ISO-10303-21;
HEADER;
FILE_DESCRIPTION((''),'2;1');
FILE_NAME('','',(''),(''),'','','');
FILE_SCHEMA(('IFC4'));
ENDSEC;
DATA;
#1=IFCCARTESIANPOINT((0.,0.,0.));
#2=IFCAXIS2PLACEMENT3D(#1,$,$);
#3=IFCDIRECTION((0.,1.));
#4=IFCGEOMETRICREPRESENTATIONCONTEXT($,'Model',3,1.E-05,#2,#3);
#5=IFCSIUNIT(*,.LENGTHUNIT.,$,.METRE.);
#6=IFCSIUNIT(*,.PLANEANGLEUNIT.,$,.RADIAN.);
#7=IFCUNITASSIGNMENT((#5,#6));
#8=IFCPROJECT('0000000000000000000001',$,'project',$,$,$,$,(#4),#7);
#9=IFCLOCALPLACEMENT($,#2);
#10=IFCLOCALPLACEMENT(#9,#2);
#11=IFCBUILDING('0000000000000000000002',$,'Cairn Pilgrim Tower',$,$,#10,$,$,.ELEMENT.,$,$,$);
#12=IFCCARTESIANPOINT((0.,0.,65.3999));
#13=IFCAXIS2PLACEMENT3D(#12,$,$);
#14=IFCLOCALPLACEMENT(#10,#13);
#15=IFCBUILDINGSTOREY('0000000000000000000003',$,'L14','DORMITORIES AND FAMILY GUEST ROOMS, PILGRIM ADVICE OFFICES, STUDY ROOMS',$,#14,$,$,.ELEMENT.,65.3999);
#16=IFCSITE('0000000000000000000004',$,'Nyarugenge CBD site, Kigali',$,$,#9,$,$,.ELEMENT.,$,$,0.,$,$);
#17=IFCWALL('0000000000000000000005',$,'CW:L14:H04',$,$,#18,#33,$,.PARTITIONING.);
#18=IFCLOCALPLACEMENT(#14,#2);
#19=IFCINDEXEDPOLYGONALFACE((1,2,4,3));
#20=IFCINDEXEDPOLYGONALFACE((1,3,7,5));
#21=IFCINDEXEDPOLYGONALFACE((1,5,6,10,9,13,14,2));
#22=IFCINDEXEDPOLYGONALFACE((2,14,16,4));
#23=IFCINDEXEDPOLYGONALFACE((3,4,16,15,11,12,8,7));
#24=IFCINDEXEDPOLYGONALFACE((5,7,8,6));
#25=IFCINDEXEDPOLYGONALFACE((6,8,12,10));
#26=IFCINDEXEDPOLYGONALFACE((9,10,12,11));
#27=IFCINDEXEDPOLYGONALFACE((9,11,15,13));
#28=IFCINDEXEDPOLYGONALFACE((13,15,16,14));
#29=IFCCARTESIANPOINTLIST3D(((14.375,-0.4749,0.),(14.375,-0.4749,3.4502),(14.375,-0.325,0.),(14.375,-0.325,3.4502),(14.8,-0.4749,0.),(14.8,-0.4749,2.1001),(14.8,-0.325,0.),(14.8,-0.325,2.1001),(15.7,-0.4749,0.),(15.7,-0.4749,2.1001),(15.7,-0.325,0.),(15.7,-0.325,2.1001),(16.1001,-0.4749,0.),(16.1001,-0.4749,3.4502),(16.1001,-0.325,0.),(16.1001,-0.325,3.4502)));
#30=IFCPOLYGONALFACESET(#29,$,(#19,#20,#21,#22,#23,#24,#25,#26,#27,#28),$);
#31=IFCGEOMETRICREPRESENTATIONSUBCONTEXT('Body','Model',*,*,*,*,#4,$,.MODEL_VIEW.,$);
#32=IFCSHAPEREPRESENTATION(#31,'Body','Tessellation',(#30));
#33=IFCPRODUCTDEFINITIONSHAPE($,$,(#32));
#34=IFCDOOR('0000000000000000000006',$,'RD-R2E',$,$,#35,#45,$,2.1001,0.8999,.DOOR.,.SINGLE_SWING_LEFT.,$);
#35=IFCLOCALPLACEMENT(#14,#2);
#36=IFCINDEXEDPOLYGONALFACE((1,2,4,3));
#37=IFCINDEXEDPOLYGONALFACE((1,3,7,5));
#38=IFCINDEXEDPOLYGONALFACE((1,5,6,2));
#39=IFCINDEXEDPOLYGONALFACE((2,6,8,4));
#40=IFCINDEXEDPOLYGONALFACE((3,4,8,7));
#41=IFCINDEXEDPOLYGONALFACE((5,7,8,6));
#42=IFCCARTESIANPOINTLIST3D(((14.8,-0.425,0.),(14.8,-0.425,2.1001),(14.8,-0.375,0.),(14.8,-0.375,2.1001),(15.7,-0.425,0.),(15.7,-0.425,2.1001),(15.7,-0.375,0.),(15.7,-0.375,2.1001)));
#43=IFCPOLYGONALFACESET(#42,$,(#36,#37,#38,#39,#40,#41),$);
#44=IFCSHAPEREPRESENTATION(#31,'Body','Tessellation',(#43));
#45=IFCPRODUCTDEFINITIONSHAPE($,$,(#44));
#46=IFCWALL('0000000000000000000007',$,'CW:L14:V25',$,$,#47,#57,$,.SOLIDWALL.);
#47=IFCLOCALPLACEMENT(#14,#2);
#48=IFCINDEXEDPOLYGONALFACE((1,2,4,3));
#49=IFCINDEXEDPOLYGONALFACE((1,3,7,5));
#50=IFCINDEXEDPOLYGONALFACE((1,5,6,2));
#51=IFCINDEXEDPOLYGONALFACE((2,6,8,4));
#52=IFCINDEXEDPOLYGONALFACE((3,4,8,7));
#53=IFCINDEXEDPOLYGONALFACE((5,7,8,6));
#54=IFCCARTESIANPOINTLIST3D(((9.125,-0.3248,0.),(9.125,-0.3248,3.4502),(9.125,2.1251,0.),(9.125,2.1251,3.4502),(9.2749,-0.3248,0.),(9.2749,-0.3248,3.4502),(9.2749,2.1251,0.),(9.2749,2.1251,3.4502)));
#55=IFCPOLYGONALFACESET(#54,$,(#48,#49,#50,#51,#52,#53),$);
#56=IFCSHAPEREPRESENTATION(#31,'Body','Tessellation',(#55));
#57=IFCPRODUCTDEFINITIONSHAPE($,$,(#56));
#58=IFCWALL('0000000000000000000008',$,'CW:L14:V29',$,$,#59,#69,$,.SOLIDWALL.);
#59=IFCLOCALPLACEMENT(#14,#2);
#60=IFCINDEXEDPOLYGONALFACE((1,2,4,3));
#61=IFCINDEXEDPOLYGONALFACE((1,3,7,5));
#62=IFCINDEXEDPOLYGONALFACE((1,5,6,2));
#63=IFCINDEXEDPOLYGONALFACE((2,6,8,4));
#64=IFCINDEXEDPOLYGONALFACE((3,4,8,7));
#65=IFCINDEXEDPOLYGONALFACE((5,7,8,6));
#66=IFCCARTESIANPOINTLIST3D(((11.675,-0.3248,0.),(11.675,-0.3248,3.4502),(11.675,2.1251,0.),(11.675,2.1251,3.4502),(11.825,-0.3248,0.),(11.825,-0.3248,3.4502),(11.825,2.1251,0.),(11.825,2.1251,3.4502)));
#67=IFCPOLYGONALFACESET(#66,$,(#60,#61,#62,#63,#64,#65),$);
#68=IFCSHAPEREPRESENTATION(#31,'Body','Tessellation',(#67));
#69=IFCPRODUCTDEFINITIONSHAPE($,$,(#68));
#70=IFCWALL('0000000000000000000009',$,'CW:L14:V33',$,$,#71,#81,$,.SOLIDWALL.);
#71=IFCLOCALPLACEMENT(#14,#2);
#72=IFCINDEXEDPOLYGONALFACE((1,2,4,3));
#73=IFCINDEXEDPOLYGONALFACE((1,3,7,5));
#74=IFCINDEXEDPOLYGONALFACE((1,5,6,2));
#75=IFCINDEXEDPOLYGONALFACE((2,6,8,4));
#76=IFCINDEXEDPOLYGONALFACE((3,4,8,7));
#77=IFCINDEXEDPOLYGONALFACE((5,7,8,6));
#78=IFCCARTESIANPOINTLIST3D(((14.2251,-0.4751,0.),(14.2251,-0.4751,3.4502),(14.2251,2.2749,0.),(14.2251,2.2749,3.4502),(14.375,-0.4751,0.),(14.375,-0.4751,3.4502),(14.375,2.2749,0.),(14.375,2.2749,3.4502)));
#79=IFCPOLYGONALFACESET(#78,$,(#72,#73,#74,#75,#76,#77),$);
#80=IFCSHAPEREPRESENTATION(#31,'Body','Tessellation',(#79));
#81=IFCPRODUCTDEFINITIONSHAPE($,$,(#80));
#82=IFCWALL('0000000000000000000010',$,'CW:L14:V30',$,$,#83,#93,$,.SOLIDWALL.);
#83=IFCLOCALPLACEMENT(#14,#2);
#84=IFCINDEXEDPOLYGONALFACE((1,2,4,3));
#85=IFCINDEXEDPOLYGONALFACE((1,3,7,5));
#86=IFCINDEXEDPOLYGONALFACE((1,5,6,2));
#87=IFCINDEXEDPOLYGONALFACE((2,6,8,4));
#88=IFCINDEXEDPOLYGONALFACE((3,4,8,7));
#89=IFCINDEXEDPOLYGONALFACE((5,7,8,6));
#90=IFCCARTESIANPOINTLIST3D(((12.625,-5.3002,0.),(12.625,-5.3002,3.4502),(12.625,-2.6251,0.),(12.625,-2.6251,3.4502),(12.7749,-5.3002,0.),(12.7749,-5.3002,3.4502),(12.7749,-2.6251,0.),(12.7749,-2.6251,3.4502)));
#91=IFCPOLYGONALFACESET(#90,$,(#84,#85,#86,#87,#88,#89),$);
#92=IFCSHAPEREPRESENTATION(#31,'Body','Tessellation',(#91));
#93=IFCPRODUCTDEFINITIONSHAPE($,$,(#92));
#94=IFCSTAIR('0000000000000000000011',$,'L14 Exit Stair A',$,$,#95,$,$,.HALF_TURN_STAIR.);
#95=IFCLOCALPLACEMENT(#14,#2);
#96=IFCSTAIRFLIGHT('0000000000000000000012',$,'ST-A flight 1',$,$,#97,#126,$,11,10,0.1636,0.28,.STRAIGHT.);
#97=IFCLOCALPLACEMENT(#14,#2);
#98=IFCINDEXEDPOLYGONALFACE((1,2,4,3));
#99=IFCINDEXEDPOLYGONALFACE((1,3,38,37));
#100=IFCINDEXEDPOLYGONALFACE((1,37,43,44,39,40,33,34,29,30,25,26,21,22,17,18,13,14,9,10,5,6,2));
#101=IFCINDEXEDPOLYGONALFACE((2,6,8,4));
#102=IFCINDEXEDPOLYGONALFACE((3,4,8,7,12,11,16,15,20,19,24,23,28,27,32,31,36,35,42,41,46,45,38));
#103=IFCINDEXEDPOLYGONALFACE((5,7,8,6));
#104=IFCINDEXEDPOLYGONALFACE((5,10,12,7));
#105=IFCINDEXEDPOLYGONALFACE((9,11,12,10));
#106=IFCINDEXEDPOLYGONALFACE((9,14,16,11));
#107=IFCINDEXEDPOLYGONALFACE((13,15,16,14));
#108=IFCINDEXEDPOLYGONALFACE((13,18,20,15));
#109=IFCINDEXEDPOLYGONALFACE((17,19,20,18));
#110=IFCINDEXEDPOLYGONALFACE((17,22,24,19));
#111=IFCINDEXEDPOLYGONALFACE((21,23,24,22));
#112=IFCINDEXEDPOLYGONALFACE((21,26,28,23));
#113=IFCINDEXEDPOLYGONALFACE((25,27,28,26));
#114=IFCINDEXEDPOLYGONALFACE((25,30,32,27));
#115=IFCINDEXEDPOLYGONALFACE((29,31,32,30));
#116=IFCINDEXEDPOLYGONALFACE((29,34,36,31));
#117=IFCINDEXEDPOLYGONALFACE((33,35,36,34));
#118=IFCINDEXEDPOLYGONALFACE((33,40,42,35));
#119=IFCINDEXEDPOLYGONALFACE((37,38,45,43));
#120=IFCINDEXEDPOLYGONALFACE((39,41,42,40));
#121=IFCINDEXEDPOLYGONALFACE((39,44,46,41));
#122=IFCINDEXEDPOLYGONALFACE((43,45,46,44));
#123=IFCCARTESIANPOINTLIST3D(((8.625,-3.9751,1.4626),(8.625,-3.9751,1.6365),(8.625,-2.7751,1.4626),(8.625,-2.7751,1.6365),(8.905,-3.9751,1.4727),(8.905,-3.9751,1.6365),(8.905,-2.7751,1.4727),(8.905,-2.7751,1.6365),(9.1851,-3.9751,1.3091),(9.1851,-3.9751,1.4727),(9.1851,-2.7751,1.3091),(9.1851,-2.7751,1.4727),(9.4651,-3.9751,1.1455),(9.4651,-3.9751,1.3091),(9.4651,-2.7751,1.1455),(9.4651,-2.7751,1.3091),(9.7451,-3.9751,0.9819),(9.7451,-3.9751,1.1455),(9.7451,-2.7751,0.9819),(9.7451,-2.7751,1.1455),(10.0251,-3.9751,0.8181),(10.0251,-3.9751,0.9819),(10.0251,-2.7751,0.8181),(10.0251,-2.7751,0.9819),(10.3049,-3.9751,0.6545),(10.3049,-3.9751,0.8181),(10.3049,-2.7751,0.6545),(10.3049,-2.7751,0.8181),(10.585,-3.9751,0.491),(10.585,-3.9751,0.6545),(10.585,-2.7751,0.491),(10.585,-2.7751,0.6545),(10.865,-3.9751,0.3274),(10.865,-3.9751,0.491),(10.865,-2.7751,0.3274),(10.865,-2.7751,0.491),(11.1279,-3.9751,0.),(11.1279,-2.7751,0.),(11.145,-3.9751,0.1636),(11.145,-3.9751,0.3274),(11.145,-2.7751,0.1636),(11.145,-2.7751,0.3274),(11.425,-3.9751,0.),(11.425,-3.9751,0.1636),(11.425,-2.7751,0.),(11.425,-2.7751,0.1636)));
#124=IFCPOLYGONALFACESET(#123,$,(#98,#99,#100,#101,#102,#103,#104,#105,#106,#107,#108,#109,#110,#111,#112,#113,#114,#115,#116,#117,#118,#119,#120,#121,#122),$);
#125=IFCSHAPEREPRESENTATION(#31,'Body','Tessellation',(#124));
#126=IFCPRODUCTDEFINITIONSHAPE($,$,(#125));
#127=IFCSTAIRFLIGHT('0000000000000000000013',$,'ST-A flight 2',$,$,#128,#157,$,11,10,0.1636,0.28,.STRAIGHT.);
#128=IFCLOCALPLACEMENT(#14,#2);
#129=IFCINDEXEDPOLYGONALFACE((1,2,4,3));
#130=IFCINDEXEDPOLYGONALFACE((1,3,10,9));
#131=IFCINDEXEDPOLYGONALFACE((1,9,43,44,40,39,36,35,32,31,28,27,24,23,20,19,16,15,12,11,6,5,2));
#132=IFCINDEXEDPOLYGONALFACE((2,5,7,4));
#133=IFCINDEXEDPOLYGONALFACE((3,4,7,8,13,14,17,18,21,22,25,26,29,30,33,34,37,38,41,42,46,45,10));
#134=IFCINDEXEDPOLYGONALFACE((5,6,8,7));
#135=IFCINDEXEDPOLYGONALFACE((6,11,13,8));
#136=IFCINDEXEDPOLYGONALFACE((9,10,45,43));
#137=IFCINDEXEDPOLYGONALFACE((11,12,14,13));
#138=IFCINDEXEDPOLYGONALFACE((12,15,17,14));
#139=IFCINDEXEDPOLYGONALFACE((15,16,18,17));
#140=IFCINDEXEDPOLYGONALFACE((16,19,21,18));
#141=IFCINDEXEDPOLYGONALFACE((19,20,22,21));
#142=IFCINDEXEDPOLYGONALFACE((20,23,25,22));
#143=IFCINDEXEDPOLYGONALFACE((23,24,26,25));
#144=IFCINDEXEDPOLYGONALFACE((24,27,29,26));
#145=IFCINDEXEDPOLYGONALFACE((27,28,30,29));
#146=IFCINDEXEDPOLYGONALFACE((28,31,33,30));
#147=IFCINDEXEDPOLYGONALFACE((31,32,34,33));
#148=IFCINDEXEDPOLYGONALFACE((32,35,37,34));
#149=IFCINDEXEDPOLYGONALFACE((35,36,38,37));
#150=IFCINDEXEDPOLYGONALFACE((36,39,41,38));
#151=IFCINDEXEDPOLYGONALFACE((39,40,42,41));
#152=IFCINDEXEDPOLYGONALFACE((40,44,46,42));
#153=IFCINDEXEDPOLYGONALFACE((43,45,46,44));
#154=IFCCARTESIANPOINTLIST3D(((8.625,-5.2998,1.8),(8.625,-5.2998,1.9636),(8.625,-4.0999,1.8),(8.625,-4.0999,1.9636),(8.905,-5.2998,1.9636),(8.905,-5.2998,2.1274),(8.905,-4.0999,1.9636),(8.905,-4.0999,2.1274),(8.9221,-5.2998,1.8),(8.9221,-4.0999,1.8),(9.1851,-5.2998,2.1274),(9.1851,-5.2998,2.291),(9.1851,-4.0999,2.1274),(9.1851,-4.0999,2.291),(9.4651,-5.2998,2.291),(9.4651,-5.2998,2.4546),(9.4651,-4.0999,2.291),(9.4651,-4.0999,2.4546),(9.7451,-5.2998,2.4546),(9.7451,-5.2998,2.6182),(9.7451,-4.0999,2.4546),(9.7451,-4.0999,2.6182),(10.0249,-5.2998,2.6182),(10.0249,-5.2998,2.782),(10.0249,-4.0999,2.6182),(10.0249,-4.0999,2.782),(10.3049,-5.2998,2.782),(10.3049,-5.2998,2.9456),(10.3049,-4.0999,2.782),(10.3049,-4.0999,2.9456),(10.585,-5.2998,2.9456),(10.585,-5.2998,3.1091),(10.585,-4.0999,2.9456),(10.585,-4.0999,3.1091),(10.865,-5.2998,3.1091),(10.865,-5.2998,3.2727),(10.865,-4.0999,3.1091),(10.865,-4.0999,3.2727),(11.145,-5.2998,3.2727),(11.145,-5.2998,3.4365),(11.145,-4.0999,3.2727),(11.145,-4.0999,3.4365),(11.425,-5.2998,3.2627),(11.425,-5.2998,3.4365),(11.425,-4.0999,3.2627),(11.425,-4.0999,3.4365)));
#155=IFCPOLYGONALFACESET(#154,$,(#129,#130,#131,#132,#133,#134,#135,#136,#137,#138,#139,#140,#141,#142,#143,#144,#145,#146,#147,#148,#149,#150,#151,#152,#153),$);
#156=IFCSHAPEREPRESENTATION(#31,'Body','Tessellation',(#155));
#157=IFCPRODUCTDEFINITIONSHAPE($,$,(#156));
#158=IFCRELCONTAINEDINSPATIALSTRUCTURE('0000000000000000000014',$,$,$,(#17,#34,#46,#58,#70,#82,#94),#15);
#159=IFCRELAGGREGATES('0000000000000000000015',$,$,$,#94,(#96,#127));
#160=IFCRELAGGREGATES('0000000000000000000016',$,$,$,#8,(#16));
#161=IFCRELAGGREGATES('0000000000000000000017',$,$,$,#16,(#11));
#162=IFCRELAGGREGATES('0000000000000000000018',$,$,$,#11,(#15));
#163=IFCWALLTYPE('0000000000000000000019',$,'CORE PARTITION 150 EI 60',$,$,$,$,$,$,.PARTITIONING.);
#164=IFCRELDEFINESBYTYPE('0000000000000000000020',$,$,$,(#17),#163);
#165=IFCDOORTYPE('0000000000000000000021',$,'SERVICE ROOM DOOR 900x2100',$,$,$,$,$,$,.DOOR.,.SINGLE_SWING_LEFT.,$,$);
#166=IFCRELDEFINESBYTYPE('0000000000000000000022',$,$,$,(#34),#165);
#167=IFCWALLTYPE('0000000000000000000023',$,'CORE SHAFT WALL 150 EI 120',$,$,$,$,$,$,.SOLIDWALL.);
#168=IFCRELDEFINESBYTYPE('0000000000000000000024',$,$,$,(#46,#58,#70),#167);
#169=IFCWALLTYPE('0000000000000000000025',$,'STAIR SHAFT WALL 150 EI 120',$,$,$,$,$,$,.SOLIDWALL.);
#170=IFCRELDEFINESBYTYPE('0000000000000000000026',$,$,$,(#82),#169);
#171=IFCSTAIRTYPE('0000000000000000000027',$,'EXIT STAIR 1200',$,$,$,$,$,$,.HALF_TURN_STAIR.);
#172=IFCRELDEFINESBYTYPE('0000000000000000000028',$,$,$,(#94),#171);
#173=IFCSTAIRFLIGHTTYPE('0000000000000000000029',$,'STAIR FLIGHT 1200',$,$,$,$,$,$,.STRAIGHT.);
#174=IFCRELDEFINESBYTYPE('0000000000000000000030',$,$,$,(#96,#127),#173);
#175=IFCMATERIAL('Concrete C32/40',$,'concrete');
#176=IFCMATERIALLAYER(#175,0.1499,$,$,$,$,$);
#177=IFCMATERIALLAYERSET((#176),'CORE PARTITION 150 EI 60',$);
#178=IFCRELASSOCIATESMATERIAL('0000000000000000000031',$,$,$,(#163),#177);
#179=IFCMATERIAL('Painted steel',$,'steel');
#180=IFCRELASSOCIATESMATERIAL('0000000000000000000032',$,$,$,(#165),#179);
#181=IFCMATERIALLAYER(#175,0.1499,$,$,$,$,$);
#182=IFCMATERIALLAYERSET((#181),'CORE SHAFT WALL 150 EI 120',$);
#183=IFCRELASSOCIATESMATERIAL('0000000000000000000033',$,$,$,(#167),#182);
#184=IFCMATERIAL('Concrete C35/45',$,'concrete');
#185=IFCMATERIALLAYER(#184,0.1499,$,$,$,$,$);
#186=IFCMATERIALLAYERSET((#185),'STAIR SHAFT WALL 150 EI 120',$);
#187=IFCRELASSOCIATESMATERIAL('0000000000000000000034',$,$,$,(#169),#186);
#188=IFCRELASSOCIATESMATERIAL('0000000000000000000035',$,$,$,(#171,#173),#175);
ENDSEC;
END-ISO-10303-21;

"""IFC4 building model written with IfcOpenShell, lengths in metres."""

from ifc_helpers import new_model, si_unit, direction, frame, frame_2d, origin, place, context, subcontext, project, spatial, polyline, rectangle, outline, extrude, material, layer, layer_set, type_object, element, fill, aggregate, save


model = new_model("IFC4")

# Units and contexts
model_context = context("Model", 3, precision=1e-05, world=origin(), true_north=direction((0.0, 1.0)))
body_context = subcontext(model_context, "Body", "Model", "MODEL_VIEW")
ifc_project = project(units=[si_unit("LENGTHUNIT", "METRE"), si_unit("PLANEANGLEUNIT", "RADIAN")], contexts=[model_context])

# Site, building, storey
site_placement = place(None, origin())
site = spatial("IfcSite", under=ifc_project, at=site_placement, Name="Nyarugenge CBD site, Kigali", CompositionType="ELEMENT", RefElevation=0.0)
building_placement = place(site_placement, origin())
building = spatial("IfcBuilding", under=site, at=building_placement, Name="Cairn Pilgrim Tower", CompositionType="ELEMENT")
storey_placement = place(building_placement, frame((0.0, 0.0, 65.3999)))
storey = spatial("IfcBuildingStorey", under=building, at=storey_placement, Name="L14", Description="DORMITORIES AND FAMILY GUEST ROOMS, PILGRIM ADVICE OFFICES, STUDY ROOMS", CompositionType="ELEMENT", Elevation=65.3999)

# Shared definitions
ifc_material_1 = material(Name="Concrete C32/40", Category="concrete")

# Shared definitions
ifc_material_2 = material(Name="Painted steel", Category="steel")

# Wall, opening, door
ifc_layer_1 = layer(ifc_material_1, 0.1499)
ifc_layer_set_1 = layer_set([ifc_layer_1], Name="CORE PARTITION 150 EI 60")
wall_type_1 = type_object("IfcWallType", Name="CORE PARTITION 150 EI 60", PredefinedType="PARTITIONING", material=ifc_layer_set_1)
wall_1_placement = place(storey_placement, frame((14.375, -0.3999, 0.0), z_axis=(0.0, 0.0, 1.0), x_axis=(1.0, 0.0, 0.0)))
wall_1 = element("IfcWall", 1, at=wall_1_placement, inside=storey, type_object=wall_type_1, Name="CW:L14:H04", PredefinedType="PARTITIONING", context=body_context, shape_type="SweptSolid", body=[
    extrude(rectangle(XDim=1.7251, YDim=0.1499, at=frame_2d((0.8625, 0.0))), origin(), (0.0, 0.0, 1.0), 3.4502),
])
opening_1_placement = place(wall_1_placement, frame((0.425, 0.0, 0.0)))
opening_1 = element("IfcOpeningElement", 2, at=opening_1_placement, cuts=wall_1, PredefinedType="OPENING", context=body_context, shape_type="SweptSolid", body=[
    extrude(rectangle(XDim=0.8999, YDim=2.1001, at=frame_2d((0.45, 1.05))), frame((0.0, 0.085, 0.0), z_axis=(0.0, -1.0, 0.0), x_axis=(1.0, 0.0, 0.0)), (0.0, 0.0, 1.0), 0.1699),
])
door_type_1 = type_object("IfcDoorType", Name="SERVICE ROOM DOOR 900x2100", OperationType="SINGLE_SWING_LEFT", PredefinedType="DOOR", material=ifc_material_2)
door_1_placement = place(opening_1_placement, origin())
door_1 = element("IfcDoor", 3, at=door_1_placement, inside=storey, type_object=door_type_1, Name="RD-R2E", OperationType="SINGLE_SWING_LEFT", OverallHeight=2.1001, OverallWidth=0.8999, PredefinedType="DOOR", context=body_context, shape_type="SweptSolid", body=[
    extrude(rectangle(XDim=0.8999, YDim=2.1001, at=frame_2d((0.45, 1.05))), frame((0.0, 0.0249, 0.0), z_axis=(0.0, -1.0, 0.0), x_axis=(1.0, 0.0, 0.0)), (0.0, 0.0, 1.0), 0.05),
])
fill(opening_1, door_1)

# Walls
ifc_layer_2 = layer(ifc_material_1, 0.1499)
ifc_layer_set_2 = layer_set([ifc_layer_2], Name="CORE SHAFT WALL 150 EI 120")
wall_type_2 = type_object("IfcWallType", Name="CORE SHAFT WALL 150 EI 120", PredefinedType="SOLIDWALL", material=ifc_layer_set_2)
for number, where, z_axis, x_axis, name in (
    (4, (9.2, -0.325, 0.0), (0.0, 0.0, 1.0), (0.0, 1.0, 0.0), "CW:L14:V25"),
    (5, (11.75, -0.325, 0.0), (0.0, 0.0, 1.0), (0.0, 1.0, 0.0), "CW:L14:V29"),
):
    element("IfcWall", number, at=place(storey_placement, frame(where, z_axis=z_axis, x_axis=x_axis)), inside=storey, type_object=wall_type_2, Name=name, PredefinedType="SOLIDWALL", context=body_context, shape_type="SweptSolid", body=[
        extrude(rectangle(XDim=2.45, YDim=0.1499, at=frame_2d((1.2251, 0.0))), origin(), (0.0, 0.0, 1.0), 3.4502),
    ])
wall_2_placement = place(storey_placement, frame((14.3, -0.4751, 0.0), z_axis=(0.0, 0.0, 1.0), x_axis=(0.0, 1.0, 0.0)))
element("IfcWall", 6, at=wall_2_placement, inside=storey, type_object=wall_type_2, Name="CW:L14:V33", PredefinedType="SOLIDWALL", context=body_context, shape_type="SweptSolid", body=[
    extrude(rectangle(XDim=2.75, YDim=0.1499, at=frame_2d((1.375, 0.0))), origin(), (0.0, 0.0, 1.0), 3.4502),
])
ifc_material_3 = material(Name="Concrete C35/45", Category="concrete")
ifc_layer_3 = layer(ifc_material_3, 0.1499)
ifc_layer_set_3 = layer_set([ifc_layer_3], Name="STAIR SHAFT WALL 150 EI 120")
wall_type_3 = type_object("IfcWallType", Name="STAIR SHAFT WALL 150 EI 120", PredefinedType="SOLIDWALL", material=ifc_layer_set_3)
wall_3_placement = place(storey_placement, frame((12.7, -5.3, 0.0), z_axis=(0.0, 0.0, 1.0), x_axis=(0.0, 1.0, 0.0)))
element("IfcWall", 7, at=wall_3_placement, inside=storey, type_object=wall_type_3, Name="CW:L14:V30", PredefinedType="SOLIDWALL", context=body_context, shape_type="SweptSolid", body=[
    extrude(rectangle(XDim=2.675, YDim=0.1499, at=frame_2d((1.3374, 0.0))), origin(), (0.0, 0.0, 1.0), 3.4502),
])

# Stair, stair flights
stair_type = type_object("IfcStairType", Name="EXIT STAIR 1200", PredefinedType="HALF_TURN_STAIR", material=ifc_material_1)
stair_placement = place(storey_placement, origin())
stair = element("IfcStair", 8, at=stair_placement, inside=storey, type_object=stair_type, Name="L14 Exit Stair A", PredefinedType="HALF_TURN_STAIR")
stair_flight_type = type_object("IfcStairFlightType", Name="STAIR FLIGHT 1200", PredefinedType="STRAIGHT", material=ifc_material_1)
stair_flight_1_placement = place(storey_placement, frame((11.425, -3.375, 0.0), z_axis=(0.0, 0.0, 1.0), x_axis=(-1.0, 0.0, 0.0)))
stair_flight_1 = element("IfcStairFlight", 9, at=stair_flight_1_placement, type_object=stair_flight_type, Name="ST-A flight 1", NumberOfRisers=11, NumberOfTreads=10, PredefinedType="STRAIGHT", RiserHeight=0.1636, TreadLength=0.28, context=body_context, shape_type="SweptSolid", body=[
    extrude(outline(polyline([(0.0, 0.0), (0.0, 0.1636), (0.28, 0.1636), (0.28, 0.3274), (0.5601, 0.3274), (0.5601, 0.491), (0.8401, 0.491), (0.8401, 0.6545), (1.1201, 0.6545), (1.1201, 0.8181), (1.3999, 0.8181), (1.3999, 0.9819), (1.6799, 0.9819), (1.6799, 1.1455), (1.96, 1.1455), (1.96, 1.3091), (2.24, 1.3091), (2.24, 1.4727), (2.52, 1.4727), (2.52, 1.6365), (2.8, 1.6365), (2.8, 1.8), (2.8, 1.4626), (0.2971, 0.0), (0.0, 0.0)])), frame((0.0, 0.6001, 0.0), z_axis=(0.0, -1.0, 0.0), x_axis=(1.0, 0.0, 0.0)), (0.0, 0.0, 1.0), 1.2),
])
stair_flight_2_placement = place(storey_placement, frame((8.625, -4.7, 1.8), z_axis=(0.0, 0.0, 1.0), x_axis=(1.0, 0.0, 0.0)))
stair_flight_2 = element("IfcStairFlight", 10, at=stair_flight_2_placement, type_object=stair_flight_type, Name="ST-A flight 2", NumberOfRisers=11, NumberOfTreads=10, PredefinedType="STRAIGHT", RiserHeight=0.1636, TreadLength=0.28, context=body_context, shape_type="SweptSolid", body=[
    extrude(outline(polyline([(0.0, 0.0), (0.0, 0.1636), (0.28, 0.1636), (0.28, 0.3274), (0.5601, 0.3274), (0.5601, 0.491), (0.8401, 0.491), (0.8401, 0.6545), (1.1201, 0.6545), (1.1201, 0.8181), (1.3999, 0.8181), (1.3999, 0.9819), (1.6799, 0.9819), (1.6799, 1.1455), (1.96, 1.1455), (1.96, 1.3091), (2.24, 1.3091), (2.24, 1.4727), (2.52, 1.4727), (2.52, 1.6365), (2.8, 1.6365), (2.8, 1.8), (2.8, 1.4626), (0.2971, 0.0), (0.0, 0.0)])), frame((0.0, 0.6001, 0.0), z_axis=(0.0, -1.0, 0.0), x_axis=(1.0, 0.0, 0.0)), (0.0, 0.0, 1.0), 1.2),
])
aggregate(stair, [stair_flight_1, stair_flight_2])

save(model, "model.ifc")
